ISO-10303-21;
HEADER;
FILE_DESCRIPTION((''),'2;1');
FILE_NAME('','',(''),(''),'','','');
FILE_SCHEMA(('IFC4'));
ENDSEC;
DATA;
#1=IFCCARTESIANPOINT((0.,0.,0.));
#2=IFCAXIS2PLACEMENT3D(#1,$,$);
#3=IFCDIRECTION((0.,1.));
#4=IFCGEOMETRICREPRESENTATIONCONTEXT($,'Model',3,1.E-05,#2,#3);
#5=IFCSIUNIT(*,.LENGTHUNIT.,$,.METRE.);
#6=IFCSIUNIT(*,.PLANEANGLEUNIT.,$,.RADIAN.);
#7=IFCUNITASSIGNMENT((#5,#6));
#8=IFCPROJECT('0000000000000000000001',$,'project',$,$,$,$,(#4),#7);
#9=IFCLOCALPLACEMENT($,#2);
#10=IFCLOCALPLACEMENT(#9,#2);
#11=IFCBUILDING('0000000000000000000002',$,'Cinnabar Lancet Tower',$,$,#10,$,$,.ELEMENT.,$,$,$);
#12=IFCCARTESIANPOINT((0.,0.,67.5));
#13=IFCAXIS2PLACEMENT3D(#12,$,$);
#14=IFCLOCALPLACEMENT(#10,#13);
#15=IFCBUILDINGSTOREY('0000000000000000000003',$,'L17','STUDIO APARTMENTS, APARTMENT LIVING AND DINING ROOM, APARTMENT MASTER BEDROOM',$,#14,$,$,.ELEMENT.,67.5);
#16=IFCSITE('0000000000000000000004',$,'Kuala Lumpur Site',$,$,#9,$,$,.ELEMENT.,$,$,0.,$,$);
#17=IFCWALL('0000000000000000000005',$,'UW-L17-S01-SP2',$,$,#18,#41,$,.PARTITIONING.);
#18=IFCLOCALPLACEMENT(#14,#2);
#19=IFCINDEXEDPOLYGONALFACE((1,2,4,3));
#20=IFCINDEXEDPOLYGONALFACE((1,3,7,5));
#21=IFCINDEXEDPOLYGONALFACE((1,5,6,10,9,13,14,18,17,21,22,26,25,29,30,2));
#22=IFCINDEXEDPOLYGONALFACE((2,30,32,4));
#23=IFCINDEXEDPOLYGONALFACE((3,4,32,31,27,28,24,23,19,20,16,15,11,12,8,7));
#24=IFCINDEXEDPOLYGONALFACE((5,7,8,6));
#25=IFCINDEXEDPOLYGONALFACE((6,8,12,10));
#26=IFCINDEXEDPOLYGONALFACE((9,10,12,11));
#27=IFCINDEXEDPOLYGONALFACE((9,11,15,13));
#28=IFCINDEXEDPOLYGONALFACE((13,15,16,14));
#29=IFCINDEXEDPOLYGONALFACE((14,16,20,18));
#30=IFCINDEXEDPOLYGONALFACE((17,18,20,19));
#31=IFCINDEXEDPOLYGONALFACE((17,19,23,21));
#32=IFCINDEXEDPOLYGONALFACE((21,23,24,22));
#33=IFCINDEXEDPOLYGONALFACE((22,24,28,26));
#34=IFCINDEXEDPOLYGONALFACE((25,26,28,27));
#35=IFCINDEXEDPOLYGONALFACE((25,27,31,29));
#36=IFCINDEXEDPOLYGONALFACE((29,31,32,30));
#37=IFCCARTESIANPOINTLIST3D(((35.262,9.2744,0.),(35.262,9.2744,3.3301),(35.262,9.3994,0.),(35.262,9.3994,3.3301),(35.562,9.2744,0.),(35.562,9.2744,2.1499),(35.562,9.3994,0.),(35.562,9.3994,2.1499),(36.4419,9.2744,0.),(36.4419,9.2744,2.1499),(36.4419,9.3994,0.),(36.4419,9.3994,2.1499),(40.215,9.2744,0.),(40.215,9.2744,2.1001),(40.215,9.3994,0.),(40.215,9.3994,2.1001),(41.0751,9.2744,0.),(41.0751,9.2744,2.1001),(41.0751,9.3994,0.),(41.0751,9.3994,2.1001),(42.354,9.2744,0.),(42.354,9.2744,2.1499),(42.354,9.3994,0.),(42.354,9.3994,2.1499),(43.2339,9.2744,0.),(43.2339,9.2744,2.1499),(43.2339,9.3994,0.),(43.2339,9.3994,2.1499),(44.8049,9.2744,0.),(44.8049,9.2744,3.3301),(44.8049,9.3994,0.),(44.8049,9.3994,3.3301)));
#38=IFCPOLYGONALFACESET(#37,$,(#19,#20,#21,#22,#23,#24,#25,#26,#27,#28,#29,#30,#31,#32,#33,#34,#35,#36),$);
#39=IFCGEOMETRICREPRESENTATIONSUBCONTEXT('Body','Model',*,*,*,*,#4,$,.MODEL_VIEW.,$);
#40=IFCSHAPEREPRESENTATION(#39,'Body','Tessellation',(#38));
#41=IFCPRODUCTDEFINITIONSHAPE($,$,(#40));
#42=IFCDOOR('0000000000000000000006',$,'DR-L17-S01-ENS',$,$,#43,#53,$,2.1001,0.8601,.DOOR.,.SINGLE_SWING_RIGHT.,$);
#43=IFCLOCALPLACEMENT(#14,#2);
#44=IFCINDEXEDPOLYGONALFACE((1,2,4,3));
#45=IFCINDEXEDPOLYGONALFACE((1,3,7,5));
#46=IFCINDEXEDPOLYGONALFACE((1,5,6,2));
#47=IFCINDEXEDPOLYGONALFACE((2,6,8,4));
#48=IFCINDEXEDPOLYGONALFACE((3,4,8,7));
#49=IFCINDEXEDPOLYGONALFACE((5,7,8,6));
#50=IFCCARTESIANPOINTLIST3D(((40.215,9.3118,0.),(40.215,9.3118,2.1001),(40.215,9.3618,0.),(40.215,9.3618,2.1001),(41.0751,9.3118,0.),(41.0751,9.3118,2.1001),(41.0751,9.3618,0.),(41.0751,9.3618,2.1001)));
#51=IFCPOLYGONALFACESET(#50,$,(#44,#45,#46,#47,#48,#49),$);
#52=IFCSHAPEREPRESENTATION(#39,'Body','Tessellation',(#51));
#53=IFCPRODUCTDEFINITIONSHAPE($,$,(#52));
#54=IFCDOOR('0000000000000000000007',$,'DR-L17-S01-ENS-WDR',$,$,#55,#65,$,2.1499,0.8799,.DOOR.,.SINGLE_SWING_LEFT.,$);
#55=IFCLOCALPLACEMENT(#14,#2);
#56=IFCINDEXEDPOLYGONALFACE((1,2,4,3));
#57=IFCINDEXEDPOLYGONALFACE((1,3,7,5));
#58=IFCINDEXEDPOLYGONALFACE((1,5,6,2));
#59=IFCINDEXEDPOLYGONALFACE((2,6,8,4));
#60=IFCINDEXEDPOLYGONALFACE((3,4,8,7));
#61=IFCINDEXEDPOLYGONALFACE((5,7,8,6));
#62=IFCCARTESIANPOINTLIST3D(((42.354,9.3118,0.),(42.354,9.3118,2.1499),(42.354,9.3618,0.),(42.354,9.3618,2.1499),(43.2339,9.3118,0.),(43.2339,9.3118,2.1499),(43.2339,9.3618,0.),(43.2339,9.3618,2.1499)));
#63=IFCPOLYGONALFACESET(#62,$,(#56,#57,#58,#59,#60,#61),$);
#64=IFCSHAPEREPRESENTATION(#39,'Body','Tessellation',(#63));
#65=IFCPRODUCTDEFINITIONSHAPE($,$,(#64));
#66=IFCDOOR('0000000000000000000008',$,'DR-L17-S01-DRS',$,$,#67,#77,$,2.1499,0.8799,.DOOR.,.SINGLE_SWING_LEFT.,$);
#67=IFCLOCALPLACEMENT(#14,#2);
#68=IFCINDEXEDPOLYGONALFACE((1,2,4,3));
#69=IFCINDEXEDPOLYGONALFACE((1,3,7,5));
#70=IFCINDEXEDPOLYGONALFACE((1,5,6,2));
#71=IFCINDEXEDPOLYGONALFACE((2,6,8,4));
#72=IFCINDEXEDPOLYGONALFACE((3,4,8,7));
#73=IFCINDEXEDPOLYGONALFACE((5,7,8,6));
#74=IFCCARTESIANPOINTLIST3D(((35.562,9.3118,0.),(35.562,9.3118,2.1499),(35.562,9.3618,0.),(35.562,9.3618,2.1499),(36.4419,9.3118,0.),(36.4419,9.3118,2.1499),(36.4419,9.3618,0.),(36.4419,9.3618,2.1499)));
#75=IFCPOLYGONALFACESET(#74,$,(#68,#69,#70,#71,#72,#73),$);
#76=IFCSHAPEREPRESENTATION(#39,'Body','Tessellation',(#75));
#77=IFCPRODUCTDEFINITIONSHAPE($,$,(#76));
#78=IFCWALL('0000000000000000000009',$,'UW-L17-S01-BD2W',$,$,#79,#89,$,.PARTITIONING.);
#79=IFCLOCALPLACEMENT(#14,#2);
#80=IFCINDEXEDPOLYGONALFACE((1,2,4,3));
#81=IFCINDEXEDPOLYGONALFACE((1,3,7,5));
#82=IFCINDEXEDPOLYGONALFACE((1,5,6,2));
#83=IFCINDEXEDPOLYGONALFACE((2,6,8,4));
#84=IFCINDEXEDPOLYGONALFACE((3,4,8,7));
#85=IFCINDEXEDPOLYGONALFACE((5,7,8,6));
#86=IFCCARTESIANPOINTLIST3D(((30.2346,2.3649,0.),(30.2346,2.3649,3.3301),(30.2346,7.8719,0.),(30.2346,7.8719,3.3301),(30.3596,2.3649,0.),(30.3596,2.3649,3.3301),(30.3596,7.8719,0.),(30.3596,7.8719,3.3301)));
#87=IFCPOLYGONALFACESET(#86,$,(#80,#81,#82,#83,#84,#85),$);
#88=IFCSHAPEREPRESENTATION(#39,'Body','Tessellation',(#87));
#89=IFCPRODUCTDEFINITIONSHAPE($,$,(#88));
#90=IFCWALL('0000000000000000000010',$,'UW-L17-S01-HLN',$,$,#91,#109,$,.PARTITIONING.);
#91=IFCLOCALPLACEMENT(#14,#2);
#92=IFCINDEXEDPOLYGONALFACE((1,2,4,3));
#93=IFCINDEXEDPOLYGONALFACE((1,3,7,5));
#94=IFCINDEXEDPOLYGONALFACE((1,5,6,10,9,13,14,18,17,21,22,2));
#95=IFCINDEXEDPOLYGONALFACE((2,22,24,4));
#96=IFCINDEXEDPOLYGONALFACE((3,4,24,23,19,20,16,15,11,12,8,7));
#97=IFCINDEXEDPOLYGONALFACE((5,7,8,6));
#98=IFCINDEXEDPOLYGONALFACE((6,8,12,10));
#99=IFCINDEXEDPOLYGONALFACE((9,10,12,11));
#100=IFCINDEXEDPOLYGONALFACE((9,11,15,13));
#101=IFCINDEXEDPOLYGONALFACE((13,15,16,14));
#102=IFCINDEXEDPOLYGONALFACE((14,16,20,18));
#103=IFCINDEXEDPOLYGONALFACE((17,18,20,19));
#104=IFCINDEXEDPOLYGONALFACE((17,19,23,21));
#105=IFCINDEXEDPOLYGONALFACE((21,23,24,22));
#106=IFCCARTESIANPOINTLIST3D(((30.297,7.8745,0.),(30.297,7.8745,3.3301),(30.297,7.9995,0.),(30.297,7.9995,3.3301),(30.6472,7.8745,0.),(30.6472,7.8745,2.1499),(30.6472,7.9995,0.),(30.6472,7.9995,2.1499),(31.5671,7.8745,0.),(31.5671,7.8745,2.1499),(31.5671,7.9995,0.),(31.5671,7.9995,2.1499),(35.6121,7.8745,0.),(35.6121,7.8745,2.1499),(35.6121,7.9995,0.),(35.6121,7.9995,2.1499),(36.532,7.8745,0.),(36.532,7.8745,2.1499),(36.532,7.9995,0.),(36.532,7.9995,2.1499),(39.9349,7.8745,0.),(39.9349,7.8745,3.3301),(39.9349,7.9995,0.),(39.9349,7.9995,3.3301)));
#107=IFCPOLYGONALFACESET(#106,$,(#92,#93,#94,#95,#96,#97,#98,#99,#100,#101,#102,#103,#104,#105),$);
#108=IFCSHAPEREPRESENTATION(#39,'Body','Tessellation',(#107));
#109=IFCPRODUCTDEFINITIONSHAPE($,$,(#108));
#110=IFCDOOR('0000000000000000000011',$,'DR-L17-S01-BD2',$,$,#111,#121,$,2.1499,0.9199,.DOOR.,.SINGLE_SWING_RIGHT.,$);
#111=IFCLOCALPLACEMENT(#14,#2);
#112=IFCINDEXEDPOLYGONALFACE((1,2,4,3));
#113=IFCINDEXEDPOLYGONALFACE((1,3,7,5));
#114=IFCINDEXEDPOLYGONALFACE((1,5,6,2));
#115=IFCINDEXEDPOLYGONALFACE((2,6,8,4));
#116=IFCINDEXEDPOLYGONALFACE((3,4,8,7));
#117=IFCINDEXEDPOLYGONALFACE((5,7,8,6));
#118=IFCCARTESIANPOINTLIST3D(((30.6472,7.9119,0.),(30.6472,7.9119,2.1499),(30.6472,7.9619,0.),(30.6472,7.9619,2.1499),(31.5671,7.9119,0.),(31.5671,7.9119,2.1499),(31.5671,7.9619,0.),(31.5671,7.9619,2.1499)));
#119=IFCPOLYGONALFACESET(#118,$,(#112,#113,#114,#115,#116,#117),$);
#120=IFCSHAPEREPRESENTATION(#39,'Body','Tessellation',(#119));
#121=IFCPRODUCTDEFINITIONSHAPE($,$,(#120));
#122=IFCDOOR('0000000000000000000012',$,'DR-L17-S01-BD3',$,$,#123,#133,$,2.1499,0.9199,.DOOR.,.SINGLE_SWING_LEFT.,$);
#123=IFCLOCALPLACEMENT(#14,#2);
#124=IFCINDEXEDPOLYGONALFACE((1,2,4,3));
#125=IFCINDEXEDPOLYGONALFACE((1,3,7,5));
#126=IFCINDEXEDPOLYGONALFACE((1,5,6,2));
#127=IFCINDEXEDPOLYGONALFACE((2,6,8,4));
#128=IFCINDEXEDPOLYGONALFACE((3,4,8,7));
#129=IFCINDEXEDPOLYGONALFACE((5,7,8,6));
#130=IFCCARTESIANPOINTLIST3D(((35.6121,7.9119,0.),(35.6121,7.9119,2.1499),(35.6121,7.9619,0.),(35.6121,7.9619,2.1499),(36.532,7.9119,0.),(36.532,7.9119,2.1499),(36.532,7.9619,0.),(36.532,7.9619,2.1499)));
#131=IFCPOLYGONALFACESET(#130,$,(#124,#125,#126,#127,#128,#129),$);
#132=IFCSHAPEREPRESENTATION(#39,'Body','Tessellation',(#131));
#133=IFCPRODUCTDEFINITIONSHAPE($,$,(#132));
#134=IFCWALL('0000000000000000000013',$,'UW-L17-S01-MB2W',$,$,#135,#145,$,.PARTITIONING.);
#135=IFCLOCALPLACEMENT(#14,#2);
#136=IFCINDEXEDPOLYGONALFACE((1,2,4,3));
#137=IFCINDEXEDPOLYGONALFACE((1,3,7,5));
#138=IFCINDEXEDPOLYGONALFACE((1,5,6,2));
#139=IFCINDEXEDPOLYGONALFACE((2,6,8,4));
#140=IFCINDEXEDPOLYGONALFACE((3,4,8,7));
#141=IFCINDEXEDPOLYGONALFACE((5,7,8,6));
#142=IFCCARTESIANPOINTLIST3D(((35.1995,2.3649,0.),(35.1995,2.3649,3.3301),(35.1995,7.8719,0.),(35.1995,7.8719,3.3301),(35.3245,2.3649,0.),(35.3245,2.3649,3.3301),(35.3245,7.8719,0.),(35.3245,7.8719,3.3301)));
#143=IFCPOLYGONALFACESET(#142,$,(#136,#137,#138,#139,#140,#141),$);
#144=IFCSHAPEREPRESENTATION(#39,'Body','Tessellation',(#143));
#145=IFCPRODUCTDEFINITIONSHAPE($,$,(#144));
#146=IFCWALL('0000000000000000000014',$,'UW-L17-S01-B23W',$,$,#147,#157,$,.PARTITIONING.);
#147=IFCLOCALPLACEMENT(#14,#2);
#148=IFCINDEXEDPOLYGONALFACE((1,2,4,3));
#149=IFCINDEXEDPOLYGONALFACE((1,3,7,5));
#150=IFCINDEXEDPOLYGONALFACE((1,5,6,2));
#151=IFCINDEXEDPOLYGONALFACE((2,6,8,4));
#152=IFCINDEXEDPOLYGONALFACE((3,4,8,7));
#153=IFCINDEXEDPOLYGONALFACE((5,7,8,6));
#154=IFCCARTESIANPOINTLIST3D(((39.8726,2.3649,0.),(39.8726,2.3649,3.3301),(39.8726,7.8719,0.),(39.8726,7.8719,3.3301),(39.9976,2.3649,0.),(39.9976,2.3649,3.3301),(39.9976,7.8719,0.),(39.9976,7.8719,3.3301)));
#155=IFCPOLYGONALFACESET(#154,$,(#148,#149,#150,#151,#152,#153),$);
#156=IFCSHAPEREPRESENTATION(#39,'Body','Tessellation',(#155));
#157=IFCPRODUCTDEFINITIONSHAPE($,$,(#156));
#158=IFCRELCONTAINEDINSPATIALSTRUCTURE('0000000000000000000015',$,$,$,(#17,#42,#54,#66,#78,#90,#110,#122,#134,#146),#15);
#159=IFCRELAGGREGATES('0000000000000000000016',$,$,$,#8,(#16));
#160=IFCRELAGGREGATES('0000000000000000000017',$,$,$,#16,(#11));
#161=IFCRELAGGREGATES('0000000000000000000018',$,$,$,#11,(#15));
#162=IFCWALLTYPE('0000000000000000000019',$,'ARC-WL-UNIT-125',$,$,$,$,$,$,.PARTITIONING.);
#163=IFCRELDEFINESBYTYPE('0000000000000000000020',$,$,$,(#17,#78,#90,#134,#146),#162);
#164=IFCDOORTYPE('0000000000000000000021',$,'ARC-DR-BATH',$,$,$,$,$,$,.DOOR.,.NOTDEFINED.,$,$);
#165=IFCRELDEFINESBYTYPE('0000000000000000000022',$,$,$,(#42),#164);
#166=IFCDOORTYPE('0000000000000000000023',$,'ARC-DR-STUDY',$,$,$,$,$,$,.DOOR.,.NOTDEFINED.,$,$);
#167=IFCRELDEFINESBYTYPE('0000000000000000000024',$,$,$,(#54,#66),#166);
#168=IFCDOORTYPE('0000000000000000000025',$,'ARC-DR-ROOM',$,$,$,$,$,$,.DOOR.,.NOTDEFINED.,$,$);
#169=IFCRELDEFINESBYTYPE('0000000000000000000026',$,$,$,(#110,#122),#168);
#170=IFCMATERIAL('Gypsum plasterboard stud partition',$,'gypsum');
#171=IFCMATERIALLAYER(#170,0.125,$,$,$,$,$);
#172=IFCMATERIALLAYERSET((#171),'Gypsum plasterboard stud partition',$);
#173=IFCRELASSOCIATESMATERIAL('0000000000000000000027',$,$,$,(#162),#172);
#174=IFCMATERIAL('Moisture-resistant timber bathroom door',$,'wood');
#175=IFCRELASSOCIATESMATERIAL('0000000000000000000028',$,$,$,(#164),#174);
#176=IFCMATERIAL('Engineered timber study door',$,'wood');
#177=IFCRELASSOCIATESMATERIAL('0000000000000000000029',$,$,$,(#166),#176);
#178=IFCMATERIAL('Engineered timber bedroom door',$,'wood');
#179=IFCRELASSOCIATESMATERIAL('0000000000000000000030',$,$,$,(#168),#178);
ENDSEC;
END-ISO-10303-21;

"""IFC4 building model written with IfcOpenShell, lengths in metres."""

from ifc_helpers import new_model, si_unit, direction, frame, frame_2d, origin, place, context, subcontext, project, spatial, rectangle, extrude, material, layer, layer_set, type_object, element, fill, save


model = new_model("IFC4")

# Units and contexts
model_context = context("Model", 3, precision=1e-05, world=origin(), true_north=direction((0.0, 1.0)))
body_context = subcontext(model_context, "Body", "Model", "MODEL_VIEW")
ifc_project = project(units=[si_unit("LENGTHUNIT", "METRE"), si_unit("PLANEANGLEUNIT", "RADIAN")], contexts=[model_context])

# Site, building, storey
site_placement = place(None, origin())
site = spatial("IfcSite", under=ifc_project, at=site_placement, Name="Kuala Lumpur Site", CompositionType="ELEMENT", RefElevation=0.0)
building_placement = place(site_placement, origin())
building = spatial("IfcBuilding", under=site, at=building_placement, Name="Cinnabar Lancet Tower", CompositionType="ELEMENT")
storey_placement = place(building_placement, frame((0.0, 0.0, 67.5)))
storey = spatial("IfcBuildingStorey", under=building, at=storey_placement, Name="L17", Description="STUDIO APARTMENTS, APARTMENT LIVING AND DINING ROOM, APARTMENT MASTER BEDROOM", CompositionType="ELEMENT", Elevation=67.5)

# Wall, openings, doors
ifc_material_1 = material(Name="Gypsum plasterboard stud partition", Category="gypsum")
ifc_layer_1 = layer(ifc_material_1, 0.125)
ifc_layer_set_1 = layer_set([ifc_layer_1], Name="Gypsum plasterboard stud partition")
wall_type_1 = type_object("IfcWallType", Name="ARC-WL-UNIT-125", PredefinedType="PARTITIONING", material=ifc_layer_set_1)
wall_1_placement = place(storey_placement, frame((35.262, 9.3369, 0.0), z_axis=(0.0, 0.0, 1.0), x_axis=(1.0, 0.0, 0.0)))
wall_1 = element("IfcWall", 1, at=wall_1_placement, inside=storey, type_object=wall_type_1, Name="UW-L17-S01-SP2", PredefinedType="PARTITIONING", context=body_context, shape_type="SweptSolid", body=[
    extrude(rectangle(XDim=9.543, YDim=0.125, at=frame_2d((4.7715, 0.0))), origin(), (0.0, 0.0, 1.0), 3.3301),
])
opening_1_placement = place(wall_1_placement, frame((4.9529, 0.0, 0.0)))
opening_1 = element("IfcOpeningElement", 2, at=opening_1_placement, cuts=wall_1, PredefinedType="OPENING", context=body_context, shape_type="SweptSolid", body=[
    extrude(rectangle(XDim=0.8601, YDim=2.1001, at=frame_2d((0.4302, 1.05))), frame((0.0, 0.0725, 0.0), z_axis=(0.0, -1.0, 0.0), x_axis=(1.0, 0.0, 0.0)), (0.0, 0.0, 1.0), 0.145),
])
opening_2_placement = place(wall_1_placement, frame((7.092, 0.0, 0.0)))
opening_2 = element("IfcOpeningElement", 3, at=opening_2_placement, cuts=wall_1, PredefinedType="OPENING", context=body_context, shape_type="SweptSolid", body=[
    extrude(rectangle(XDim=0.8799, YDim=2.1499, at=frame_2d((0.4399, 1.075))), frame((0.0, 0.0725, 0.0), z_axis=(0.0, -1.0, 0.0), x_axis=(1.0, 0.0, 0.0)), (0.0, 0.0, 1.0), 0.145),
])
opening_3_placement = place(wall_1_placement, frame((0.3, 0.0, 0.0)))
opening_3 = element("IfcOpeningElement", 4, at=opening_3_placement, cuts=wall_1, PredefinedType="OPENING", context=body_context, shape_type="SweptSolid", body=[
    extrude(rectangle(XDim=0.8799, YDim=2.1499, at=frame_2d((0.4399, 1.075))), frame((0.0, 0.0725, 0.0), z_axis=(0.0, -1.0, 0.0), x_axis=(1.0, 0.0, 0.0)), (0.0, 0.0, 1.0), 0.145),
])
ifc_material_2 = material(Name="Moisture-resistant timber bathroom door", Category="wood")
door_type_1 = type_object("IfcDoorType", Name="ARC-DR-BATH", OperationType="NOTDEFINED", PredefinedType="DOOR", material=ifc_material_2)
door_1_placement = place(opening_1_placement, origin())
door_1 = element("IfcDoor", 5, at=door_1_placement, inside=storey, type_object=door_type_1, Name="DR-L17-S01-ENS", OperationType="SINGLE_SWING_RIGHT", OverallHeight=2.1001, OverallWidth=0.8601, PredefinedType="DOOR", context=body_context, shape_type="SweptSolid", body=[
    extrude(rectangle(XDim=0.8601, YDim=2.1001, at=frame_2d((0.4302, 1.05))), frame((0.0, 0.0249, 0.0), z_axis=(0.0, -1.0, 0.0), x_axis=(1.0, 0.0, 0.0)), (0.0, 0.0, 1.0), 0.05),
])
fill(opening_1, door_1)
ifc_material_3 = material(Name="Engineered timber study door", Category="wood")
door_type_2 = type_object("IfcDoorType", Name="ARC-DR-STUDY", OperationType="NOTDEFINED", PredefinedType="DOOR", material=ifc_material_3)
door_2_placement = place(opening_2_placement, origin())
door_2 = element("IfcDoor", 6, at=door_2_placement, inside=storey, type_object=door_type_2, Name="DR-L17-S01-ENS-WDR", OperationType="SINGLE_SWING_LEFT", OverallHeight=2.1499, OverallWidth=0.8799, PredefinedType="DOOR", context=body_context, shape_type="SweptSolid", body=[
    extrude(rectangle(XDim=0.8799, YDim=2.1499, at=frame_2d((0.4399, 1.075))), frame((0.0, 0.0249, 0.0), z_axis=(0.0, -1.0, 0.0), x_axis=(1.0, 0.0, 0.0)), (0.0, 0.0, 1.0), 0.05),
])
fill(opening_2, door_2)
door_3_placement = place(opening_3_placement, origin())
door_3 = element("IfcDoor", 7, at=door_3_placement, inside=storey, type_object=door_type_2, Name="DR-L17-S01-DRS", OperationType="SINGLE_SWING_LEFT", OverallHeight=2.1499, OverallWidth=0.8799, PredefinedType="DOOR", context=body_context, shape_type="SweptSolid", body=[
    extrude(rectangle(XDim=0.8799, YDim=2.1499, at=frame_2d((0.4399, 1.075))), frame((0.0, 0.0249, 0.0), z_axis=(0.0, -1.0, 0.0), x_axis=(1.0, 0.0, 0.0)), (0.0, 0.0, 1.0), 0.05),
])
fill(opening_3, door_3)

# Wall
wall_2_placement = place(storey_placement, frame((30.2971, 2.365, 0.0), z_axis=(0.0, 0.0, 1.0), x_axis=(0.0, 1.0, 0.0)))
element("IfcWall", 8, at=wall_2_placement, inside=storey, type_object=wall_type_1, Name="UW-L17-S01-BD2W", PredefinedType="PARTITIONING", context=body_context, shape_type="SweptSolid", body=[
    extrude(rectangle(XDim=5.5071, YDim=0.125, at=frame_2d((2.7534, 0.0))), origin(), (0.0, 0.0, 1.0), 3.3301),
])

# Wall, openings, doors
wall_3_placement = place(storey_placement, frame((30.2971, 7.937, 0.0), z_axis=(0.0, 0.0, 1.0), x_axis=(1.0, 0.0, 0.0)))
wall_3 = element("IfcWall", 9, at=wall_3_placement, inside=storey, type_object=wall_type_1, Name="UW-L17-S01-HLN", PredefinedType="PARTITIONING", context=body_context, shape_type="SweptSolid", body=[
    extrude(rectangle(XDim=9.6379, YDim=0.125, at=frame_2d((4.8188, 0.0))), origin(), (0.0, 0.0, 1.0), 3.3301),
])
opening_4_placement = place(wall_3_placement, frame((0.3501, 0.0, 0.0)))
opening_4 = element("IfcOpeningElement", 10, at=opening_4_placement, cuts=wall_3, PredefinedType="OPENING", context=body_context, shape_type="SweptSolid", body=[
    extrude(rectangle(XDim=0.9199, YDim=2.1499, at=frame_2d((0.46, 1.075))), frame((0.0, 0.0725, 0.0), z_axis=(0.0, -1.0, 0.0), x_axis=(1.0, 0.0, 0.0)), (0.0, 0.0, 1.0), 0.145),
])
opening_5_placement = place(wall_3_placement, frame((5.3149, 0.0, 0.0)))
opening_5 = element("IfcOpeningElement", 11, at=opening_5_placement, cuts=wall_3, PredefinedType="OPENING", context=body_context, shape_type="SweptSolid", body=[
    extrude(rectangle(XDim=0.9199, YDim=2.1499, at=frame_2d((0.46, 1.075))), frame((0.0, 0.0725, 0.0), z_axis=(0.0, -1.0, 0.0), x_axis=(1.0, 0.0, 0.0)), (0.0, 0.0, 1.0), 0.145),
])
ifc_material_4 = material(Name="Engineered timber bedroom door", Category="wood")
door_type_3 = type_object("IfcDoorType", Name="ARC-DR-ROOM", OperationType="NOTDEFINED", PredefinedType="DOOR", material=ifc_material_4)
door_4_placement = place(opening_4_placement, origin())
door_4 = element("IfcDoor", 12, at=door_4_placement, inside=storey, type_object=door_type_3, Name="DR-L17-S01-BD2", OperationType="SINGLE_SWING_RIGHT", OverallHeight=2.1499, OverallWidth=0.9199, PredefinedType="DOOR", context=body_context, shape_type="SweptSolid", body=[
    extrude(rectangle(XDim=0.9199, YDim=2.1499, at=frame_2d((0.46, 1.075))), frame((0.0, 0.0249, 0.0), z_axis=(0.0, -1.0, 0.0), x_axis=(1.0, 0.0, 0.0)), (0.0, 0.0, 1.0), 0.05),
])
fill(opening_4, door_4)
door_5_placement = place(opening_5_placement, origin())
door_5 = element("IfcDoor", 13, at=door_5_placement, inside=storey, type_object=door_type_3, Name="DR-L17-S01-BD3", OperationType="SINGLE_SWING_LEFT", OverallHeight=2.1499, OverallWidth=0.9199, PredefinedType="DOOR", context=body_context, shape_type="SweptSolid", body=[
    extrude(rectangle(XDim=0.9199, YDim=2.1499, at=frame_2d((0.46, 1.075))), frame((0.0, 0.0249, 0.0), z_axis=(0.0, -1.0, 0.0), x_axis=(1.0, 0.0, 0.0)), (0.0, 0.0, 1.0), 0.05),
])
fill(opening_5, door_5)

# Walls
for number, where, z_axis, x_axis, name in (
    (14, (35.262, 2.365, 0.0), (0.0, 0.0, 1.0), (0.0, 1.0, 0.0), "UW-L17-S01-MB2W"),
    (15, (39.9351, 2.365, 0.0), (0.0, 0.0, 1.0), (0.0, 1.0, 0.0), "UW-L17-S01-B23W"),
):
    element("IfcWall", number, at=place(storey_placement, frame(where, z_axis=z_axis, x_axis=x_axis)), inside=storey, type_object=wall_type_1, Name=name, PredefinedType="PARTITIONING", context=body_context, shape_type="SweptSolid", body=[
        extrude(rectangle(XDim=5.5071, YDim=0.125, at=frame_2d((2.7534, 0.0))), origin(), (0.0, 0.0, 1.0), 3.3301),
    ])

save(model, "model.ifc")
